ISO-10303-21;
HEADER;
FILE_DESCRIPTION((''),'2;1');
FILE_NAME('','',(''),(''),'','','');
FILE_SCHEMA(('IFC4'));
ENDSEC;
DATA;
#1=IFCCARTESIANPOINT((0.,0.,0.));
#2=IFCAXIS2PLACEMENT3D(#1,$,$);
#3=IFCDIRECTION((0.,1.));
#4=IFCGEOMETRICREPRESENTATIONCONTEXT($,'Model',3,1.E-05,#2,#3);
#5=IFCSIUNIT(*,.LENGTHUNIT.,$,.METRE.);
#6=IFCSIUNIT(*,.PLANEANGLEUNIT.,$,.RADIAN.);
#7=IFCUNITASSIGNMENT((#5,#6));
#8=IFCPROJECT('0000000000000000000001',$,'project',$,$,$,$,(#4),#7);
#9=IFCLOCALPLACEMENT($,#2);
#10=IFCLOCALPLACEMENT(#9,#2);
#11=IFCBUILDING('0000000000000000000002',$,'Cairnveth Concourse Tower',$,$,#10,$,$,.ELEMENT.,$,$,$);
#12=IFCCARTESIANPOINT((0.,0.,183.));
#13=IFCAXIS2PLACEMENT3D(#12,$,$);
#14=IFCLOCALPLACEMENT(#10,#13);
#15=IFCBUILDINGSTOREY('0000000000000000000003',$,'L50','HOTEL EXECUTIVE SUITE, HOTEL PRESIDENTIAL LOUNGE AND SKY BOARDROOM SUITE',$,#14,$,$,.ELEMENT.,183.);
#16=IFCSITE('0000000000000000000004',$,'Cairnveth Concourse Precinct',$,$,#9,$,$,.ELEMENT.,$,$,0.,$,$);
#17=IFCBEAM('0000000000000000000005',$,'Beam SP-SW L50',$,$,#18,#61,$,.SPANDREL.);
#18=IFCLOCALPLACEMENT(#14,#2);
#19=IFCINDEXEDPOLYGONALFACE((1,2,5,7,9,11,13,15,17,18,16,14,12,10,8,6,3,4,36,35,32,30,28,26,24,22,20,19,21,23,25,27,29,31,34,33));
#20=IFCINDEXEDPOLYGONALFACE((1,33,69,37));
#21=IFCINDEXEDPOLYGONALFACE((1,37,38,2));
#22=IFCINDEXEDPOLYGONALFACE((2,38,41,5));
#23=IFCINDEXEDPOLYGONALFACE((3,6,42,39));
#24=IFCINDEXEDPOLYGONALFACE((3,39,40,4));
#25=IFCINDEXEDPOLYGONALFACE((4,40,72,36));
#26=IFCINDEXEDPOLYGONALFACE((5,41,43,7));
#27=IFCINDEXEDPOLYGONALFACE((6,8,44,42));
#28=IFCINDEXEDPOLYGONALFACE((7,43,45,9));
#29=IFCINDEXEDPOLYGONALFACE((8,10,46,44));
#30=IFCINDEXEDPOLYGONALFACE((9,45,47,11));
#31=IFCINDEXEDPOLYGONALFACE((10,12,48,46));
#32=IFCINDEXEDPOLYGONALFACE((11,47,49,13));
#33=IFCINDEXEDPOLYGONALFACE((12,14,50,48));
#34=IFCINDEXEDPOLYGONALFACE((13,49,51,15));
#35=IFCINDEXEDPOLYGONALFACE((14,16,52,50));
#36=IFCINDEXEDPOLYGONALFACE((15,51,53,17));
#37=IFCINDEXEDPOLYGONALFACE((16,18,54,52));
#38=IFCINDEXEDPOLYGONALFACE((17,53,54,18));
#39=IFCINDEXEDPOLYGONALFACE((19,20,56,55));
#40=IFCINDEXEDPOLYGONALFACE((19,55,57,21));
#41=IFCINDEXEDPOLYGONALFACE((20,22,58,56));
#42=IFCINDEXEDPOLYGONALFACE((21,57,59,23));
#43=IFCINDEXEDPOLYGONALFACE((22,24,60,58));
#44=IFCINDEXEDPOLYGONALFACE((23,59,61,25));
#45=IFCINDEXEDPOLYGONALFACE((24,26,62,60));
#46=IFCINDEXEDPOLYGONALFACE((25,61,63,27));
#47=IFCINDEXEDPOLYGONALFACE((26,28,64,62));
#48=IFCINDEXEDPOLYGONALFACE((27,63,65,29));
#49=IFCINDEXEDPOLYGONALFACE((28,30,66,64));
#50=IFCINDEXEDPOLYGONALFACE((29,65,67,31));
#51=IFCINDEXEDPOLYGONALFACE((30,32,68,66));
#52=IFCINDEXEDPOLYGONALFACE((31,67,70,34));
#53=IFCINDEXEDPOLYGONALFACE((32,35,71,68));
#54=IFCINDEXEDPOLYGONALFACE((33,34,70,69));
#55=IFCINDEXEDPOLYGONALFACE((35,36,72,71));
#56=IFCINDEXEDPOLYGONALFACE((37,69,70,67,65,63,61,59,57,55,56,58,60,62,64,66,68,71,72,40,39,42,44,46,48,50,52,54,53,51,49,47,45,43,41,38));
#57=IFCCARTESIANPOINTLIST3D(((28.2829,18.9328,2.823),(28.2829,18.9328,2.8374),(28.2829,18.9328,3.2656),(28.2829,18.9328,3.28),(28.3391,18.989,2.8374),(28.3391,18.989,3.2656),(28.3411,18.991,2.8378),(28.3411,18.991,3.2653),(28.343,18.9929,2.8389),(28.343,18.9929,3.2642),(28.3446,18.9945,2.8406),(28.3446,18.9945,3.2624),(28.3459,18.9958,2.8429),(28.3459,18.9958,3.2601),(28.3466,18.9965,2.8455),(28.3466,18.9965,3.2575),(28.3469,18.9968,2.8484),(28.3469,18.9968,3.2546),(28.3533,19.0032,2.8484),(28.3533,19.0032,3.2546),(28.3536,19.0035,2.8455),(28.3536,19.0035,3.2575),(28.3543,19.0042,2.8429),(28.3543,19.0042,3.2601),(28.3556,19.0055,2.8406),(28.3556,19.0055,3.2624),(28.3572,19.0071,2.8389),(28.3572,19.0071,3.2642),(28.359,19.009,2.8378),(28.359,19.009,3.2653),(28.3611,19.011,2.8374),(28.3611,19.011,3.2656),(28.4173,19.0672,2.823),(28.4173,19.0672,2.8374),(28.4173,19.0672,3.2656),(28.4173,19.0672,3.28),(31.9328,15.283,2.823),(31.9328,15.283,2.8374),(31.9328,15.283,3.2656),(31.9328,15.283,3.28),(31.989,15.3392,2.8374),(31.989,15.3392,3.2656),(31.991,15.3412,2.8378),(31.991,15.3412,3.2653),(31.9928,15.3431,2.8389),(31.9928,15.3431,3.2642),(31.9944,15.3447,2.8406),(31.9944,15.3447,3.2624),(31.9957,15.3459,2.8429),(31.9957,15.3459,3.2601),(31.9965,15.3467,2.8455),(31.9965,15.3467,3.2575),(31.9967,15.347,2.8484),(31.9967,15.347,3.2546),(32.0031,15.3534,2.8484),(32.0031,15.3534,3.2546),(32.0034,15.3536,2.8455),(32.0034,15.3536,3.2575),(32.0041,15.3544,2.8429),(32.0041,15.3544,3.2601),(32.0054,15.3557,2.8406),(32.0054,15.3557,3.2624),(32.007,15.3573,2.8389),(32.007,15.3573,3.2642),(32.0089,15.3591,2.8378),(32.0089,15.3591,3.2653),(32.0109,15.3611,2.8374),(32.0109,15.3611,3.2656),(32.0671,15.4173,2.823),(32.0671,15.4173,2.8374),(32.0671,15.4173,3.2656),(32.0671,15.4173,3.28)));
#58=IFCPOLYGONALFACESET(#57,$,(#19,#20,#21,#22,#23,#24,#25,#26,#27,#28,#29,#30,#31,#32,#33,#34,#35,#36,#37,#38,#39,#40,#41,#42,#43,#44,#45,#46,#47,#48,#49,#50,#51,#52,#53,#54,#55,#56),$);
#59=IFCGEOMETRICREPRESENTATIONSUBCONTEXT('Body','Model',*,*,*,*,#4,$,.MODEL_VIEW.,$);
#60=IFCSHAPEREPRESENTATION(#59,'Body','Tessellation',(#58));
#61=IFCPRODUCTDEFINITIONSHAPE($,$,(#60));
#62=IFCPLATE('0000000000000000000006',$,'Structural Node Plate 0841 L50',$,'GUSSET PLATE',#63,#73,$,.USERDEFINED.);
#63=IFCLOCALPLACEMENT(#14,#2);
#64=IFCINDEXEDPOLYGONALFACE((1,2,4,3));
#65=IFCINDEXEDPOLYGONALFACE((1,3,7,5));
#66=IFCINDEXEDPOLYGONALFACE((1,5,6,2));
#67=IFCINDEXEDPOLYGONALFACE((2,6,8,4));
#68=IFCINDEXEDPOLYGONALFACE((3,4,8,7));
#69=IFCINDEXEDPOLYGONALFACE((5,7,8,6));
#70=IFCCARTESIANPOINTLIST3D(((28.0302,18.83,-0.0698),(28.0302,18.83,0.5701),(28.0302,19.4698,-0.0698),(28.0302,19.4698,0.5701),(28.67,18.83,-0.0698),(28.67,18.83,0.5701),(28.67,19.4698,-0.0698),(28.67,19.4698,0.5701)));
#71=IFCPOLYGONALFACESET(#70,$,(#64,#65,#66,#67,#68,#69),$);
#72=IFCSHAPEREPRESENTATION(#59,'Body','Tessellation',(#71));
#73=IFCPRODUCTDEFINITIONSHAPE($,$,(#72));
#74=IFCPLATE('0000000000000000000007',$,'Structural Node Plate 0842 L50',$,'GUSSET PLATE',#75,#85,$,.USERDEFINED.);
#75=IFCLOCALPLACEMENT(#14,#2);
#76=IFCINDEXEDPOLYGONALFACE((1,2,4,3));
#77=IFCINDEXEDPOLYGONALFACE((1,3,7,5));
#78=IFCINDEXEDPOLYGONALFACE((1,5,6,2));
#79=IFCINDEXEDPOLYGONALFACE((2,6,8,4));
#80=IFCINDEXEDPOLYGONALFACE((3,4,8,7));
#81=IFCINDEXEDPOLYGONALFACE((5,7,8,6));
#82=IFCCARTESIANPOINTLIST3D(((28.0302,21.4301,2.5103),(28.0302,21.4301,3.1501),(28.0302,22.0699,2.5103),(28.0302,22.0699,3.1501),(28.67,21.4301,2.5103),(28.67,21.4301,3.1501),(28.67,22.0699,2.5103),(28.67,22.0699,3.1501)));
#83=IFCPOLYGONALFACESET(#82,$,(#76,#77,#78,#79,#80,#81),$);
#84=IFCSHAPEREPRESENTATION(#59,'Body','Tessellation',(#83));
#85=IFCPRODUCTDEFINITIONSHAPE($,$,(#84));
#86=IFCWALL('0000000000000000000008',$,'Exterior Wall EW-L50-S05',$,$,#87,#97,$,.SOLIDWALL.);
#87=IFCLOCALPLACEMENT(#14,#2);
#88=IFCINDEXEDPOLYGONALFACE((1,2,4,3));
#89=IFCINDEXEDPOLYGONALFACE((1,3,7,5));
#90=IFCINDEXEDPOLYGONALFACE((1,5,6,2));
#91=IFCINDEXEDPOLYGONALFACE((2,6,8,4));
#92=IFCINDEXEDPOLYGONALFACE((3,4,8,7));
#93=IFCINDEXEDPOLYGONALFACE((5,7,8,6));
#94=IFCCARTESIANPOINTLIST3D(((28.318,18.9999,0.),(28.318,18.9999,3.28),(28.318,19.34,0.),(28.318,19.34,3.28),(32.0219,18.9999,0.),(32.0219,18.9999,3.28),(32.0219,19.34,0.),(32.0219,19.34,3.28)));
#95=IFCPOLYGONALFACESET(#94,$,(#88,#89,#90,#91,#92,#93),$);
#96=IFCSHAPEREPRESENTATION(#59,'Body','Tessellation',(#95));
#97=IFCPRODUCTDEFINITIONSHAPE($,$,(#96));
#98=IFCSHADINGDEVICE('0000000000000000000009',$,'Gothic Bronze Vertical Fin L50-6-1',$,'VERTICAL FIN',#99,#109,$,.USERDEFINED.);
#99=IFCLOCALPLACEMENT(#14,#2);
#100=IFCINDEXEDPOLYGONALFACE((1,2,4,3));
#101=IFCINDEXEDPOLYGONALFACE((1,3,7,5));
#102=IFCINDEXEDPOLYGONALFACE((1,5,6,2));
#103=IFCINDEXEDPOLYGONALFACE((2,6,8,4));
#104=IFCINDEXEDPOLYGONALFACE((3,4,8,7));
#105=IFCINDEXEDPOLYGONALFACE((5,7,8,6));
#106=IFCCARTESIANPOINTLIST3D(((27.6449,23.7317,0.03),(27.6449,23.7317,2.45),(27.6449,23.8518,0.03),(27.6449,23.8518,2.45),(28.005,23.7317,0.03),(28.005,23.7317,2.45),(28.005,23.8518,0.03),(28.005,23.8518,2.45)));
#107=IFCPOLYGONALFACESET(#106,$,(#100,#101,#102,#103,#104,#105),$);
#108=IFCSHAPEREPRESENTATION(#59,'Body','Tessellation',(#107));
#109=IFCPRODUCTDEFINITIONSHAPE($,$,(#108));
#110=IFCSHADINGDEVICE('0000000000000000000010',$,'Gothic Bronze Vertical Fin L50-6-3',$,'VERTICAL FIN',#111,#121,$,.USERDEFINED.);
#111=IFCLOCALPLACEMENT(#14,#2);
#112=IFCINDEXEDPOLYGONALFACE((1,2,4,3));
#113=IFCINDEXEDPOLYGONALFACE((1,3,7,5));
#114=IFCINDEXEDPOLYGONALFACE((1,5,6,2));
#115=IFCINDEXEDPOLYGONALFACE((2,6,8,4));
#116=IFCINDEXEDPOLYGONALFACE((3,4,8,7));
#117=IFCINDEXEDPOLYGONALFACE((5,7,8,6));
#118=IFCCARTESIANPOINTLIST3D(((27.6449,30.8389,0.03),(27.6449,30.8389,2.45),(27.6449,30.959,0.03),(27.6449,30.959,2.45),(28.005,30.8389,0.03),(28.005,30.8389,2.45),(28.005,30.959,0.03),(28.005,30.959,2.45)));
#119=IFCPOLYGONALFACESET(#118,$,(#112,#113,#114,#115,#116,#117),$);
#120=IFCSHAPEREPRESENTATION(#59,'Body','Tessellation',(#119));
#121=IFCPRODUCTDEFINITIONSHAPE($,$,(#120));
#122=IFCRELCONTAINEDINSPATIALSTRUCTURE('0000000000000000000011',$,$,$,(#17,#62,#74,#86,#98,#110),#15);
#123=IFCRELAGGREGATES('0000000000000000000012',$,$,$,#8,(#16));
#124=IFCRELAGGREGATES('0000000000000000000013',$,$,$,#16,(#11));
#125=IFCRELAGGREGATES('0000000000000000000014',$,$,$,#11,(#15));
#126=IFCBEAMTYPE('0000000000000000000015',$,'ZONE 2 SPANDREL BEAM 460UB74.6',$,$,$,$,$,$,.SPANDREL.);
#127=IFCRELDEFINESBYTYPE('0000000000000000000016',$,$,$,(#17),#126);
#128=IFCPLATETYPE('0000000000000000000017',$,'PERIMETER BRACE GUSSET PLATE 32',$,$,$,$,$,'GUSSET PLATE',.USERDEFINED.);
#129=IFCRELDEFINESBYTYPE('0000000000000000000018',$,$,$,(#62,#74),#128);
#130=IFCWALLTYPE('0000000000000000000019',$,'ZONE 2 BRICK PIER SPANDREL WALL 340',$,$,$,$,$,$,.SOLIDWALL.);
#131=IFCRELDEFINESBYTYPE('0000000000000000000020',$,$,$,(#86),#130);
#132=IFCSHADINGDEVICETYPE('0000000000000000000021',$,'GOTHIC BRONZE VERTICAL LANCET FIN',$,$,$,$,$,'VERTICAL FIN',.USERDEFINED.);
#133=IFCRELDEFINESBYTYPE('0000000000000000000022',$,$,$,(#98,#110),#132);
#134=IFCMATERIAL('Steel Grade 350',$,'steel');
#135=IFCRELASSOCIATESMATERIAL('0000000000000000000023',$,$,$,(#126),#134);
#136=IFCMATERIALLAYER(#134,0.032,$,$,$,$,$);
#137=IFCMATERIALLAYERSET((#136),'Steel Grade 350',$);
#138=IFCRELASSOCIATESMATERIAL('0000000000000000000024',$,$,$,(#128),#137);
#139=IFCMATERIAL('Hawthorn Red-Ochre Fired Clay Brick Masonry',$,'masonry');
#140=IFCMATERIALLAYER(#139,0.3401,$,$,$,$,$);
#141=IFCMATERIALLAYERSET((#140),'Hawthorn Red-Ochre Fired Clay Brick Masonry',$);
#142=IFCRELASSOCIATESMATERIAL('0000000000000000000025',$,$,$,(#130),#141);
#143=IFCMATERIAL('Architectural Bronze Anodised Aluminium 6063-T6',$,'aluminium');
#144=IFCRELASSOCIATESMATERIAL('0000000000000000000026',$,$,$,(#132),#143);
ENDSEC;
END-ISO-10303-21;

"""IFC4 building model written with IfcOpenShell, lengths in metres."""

from ifc_helpers import new_model, si_unit, direction, frame, frame_2d, origin, origin_2d, place, context, subcontext, project, spatial, rectangle, i_section, extrude, material, layer, layer_set, material_profile, profile_set, type_object, element, save


model = new_model("IFC4")

# Units and contexts
model_context = context("Model", 3, precision=1e-05, world=origin(), true_north=direction((0.0, 1.0)))
body_context = subcontext(model_context, "Body", "Model", "MODEL_VIEW")
ifc_project = project(units=[si_unit("LENGTHUNIT", "METRE"), si_unit("PLANEANGLEUNIT", "RADIAN")], contexts=[model_context])

# Site, building, storey
site_placement = place(None, origin())
site = spatial("IfcSite", under=ifc_project, at=site_placement, Name="Cairnveth Concourse Precinct", CompositionType="ELEMENT", RefElevation=0.0)
building_placement = place(site_placement, origin())
building = spatial("IfcBuilding", under=site, at=building_placement, Name="Cairnveth Concourse Tower", CompositionType="ELEMENT")
storey_placement = place(building_placement, frame((0.0, 0.0, 183.0)))
storey = spatial("IfcBuildingStorey", under=building, at=storey_placement, Name="L50", Description="HOTEL EXECUTIVE SUITE, HOTEL PRESIDENTIAL LOUNGE AND SKY BOARDROOM SUITE", CompositionType="ELEMENT", Elevation=183.0)

# Shared definitions
ifc_material_1 = material(Name="Steel Grade 350", Category="steel")

# Beam
ifc_material_profile_1 = material_profile(ifc_material_1, i_section(OverallWidth=0.1899, OverallDepth=0.457, WebThickness=0.009, FlangeThickness=0.0144, FilletRadius=0.011, at=origin_2d()), Name="460UB74.6")
ifc_profile_set_1 = profile_set([ifc_material_profile_1], Name="Steel Grade 350")
beam_type_1 = type_object("IfcBeamType", Name="ZONE 2 SPANDREL BEAM 460UB74.6", PredefinedType="SPANDREL", material=ifc_profile_set_1)
beam_1_placement = place(storey_placement, frame((28.3501, 19.0, 3.0515), z_axis=(0.707107, -0.707107, 0.0), x_axis=(0.707107, 0.707107, 0.0)))
element("IfcBeam", 1, at=beam_1_placement, inside=storey, type_object=beam_type_1, Name="Beam SP-SW L50", PredefinedType="SPANDREL", context=body_context, shape_type="SweptSolid", body=[
    extrude(i_section(OverallWidth=0.1899, OverallDepth=0.457, WebThickness=0.009, FlangeThickness=0.0144, FilletRadius=0.011, at=origin_2d()), origin(), (0.0, 0.0, 1.0), 5.1616),
])

# Plates
ifc_layer_1 = layer(ifc_material_1, 0.032)
ifc_layer_set_1 = layer_set([ifc_layer_1], Name="Steel Grade 350")
plate_type = type_object("IfcPlateType", Name="PERIMETER BRACE GUSSET PLATE 32", ElementType="GUSSET PLATE", PredefinedType="USERDEFINED", material=ifc_layer_set_1)
for number, where, z_axis, x_axis, name in (
    (2, (28.3501, 19.1499, -0.0698), (0.0, 0.0, 1.0), (1.0, 0.0, 0.0), "Structural Node Plate 0841 L50"),
    (3, (28.3501, 21.75, 2.5103), (0.0, 0.0, 1.0), (1.0, 0.0, 0.0), "Structural Node Plate 0842 L50"),
):
    element("IfcPlate", number, at=place(storey_placement, frame(where, z_axis=z_axis, x_axis=x_axis)), inside=storey, type_object=plate_type, Name=name, ObjectType="GUSSET PLATE", PredefinedType="USERDEFINED", context=body_context, shape_type="SweptSolid", body=[
        extrude(rectangle(XDim=0.6399, YDim=0.6399, at=origin_2d()), origin(), (0.0, 0.0, 1.0), 0.6399),
    ])

# Wall
ifc_material_2 = material(Name="Hawthorn Red-Ochre Fired Clay Brick Masonry", Category="masonry")
ifc_layer_2 = layer(ifc_material_2, 0.3401)
ifc_layer_set_2 = layer_set([ifc_layer_2], Name="Hawthorn Red-Ochre Fired Clay Brick Masonry")
wall_type = type_object("IfcWallType", Name="ZONE 2 BRICK PIER SPANDREL WALL 340", PredefinedType="SOLIDWALL", material=ifc_layer_set_2)
wall_1_placement = place(storey_placement, frame((32.022, 19.1699, 0.0), z_axis=(0.0, 0.0, 1.0), x_axis=(-1.0, 0.0, 0.0)))
element("IfcWall", 4, at=wall_1_placement, inside=storey, type_object=wall_type, Name="Exterior Wall EW-L50-S05", PredefinedType="SOLIDWALL", context=body_context, shape_type="SweptSolid", body=[
    extrude(rectangle(XDim=3.7039, YDim=0.3401, at=frame_2d((1.8521, 0.0))), origin(), (0.0, 0.0, 1.0), 3.28),
])

# Shading devices
ifc_material_3 = material(Name="Architectural Bronze Anodised Aluminium 6063-T6", Category="aluminium")
shading_device_type = type_object("IfcShadingDeviceType", Name="GOTHIC BRONZE VERTICAL LANCET FIN", ElementType="VERTICAL FIN", PredefinedType="USERDEFINED", material=ifc_material_3)
for number, where, z_axis, x_axis, name in (
    (5, (27.825, 23.7917, 0.03), (0.0, 0.0, 1.0), (0.0, 1.0, 0.0), "Gothic Bronze Vertical Fin L50-6-1"),
    (6, (27.825, 30.8989, 0.03), (0.0, 0.0, 1.0), (0.0, 1.0, 0.0), "Gothic Bronze Vertical Fin L50-6-3"),
):
    element("IfcShadingDevice", number, at=place(storey_placement, frame(where, z_axis=z_axis, x_axis=x_axis)), inside=storey, type_object=shading_device_type, Name=name, ObjectType="VERTICAL FIN", PredefinedType="USERDEFINED", context=body_context, shape_type="SweptSolid", body=[
        extrude(rectangle(XDim=0.1201, YDim=0.3601, at=origin_2d()), origin(), (0.0, 0.0, 1.0), 2.4199),
    ])

save(model, "model.ifc")
